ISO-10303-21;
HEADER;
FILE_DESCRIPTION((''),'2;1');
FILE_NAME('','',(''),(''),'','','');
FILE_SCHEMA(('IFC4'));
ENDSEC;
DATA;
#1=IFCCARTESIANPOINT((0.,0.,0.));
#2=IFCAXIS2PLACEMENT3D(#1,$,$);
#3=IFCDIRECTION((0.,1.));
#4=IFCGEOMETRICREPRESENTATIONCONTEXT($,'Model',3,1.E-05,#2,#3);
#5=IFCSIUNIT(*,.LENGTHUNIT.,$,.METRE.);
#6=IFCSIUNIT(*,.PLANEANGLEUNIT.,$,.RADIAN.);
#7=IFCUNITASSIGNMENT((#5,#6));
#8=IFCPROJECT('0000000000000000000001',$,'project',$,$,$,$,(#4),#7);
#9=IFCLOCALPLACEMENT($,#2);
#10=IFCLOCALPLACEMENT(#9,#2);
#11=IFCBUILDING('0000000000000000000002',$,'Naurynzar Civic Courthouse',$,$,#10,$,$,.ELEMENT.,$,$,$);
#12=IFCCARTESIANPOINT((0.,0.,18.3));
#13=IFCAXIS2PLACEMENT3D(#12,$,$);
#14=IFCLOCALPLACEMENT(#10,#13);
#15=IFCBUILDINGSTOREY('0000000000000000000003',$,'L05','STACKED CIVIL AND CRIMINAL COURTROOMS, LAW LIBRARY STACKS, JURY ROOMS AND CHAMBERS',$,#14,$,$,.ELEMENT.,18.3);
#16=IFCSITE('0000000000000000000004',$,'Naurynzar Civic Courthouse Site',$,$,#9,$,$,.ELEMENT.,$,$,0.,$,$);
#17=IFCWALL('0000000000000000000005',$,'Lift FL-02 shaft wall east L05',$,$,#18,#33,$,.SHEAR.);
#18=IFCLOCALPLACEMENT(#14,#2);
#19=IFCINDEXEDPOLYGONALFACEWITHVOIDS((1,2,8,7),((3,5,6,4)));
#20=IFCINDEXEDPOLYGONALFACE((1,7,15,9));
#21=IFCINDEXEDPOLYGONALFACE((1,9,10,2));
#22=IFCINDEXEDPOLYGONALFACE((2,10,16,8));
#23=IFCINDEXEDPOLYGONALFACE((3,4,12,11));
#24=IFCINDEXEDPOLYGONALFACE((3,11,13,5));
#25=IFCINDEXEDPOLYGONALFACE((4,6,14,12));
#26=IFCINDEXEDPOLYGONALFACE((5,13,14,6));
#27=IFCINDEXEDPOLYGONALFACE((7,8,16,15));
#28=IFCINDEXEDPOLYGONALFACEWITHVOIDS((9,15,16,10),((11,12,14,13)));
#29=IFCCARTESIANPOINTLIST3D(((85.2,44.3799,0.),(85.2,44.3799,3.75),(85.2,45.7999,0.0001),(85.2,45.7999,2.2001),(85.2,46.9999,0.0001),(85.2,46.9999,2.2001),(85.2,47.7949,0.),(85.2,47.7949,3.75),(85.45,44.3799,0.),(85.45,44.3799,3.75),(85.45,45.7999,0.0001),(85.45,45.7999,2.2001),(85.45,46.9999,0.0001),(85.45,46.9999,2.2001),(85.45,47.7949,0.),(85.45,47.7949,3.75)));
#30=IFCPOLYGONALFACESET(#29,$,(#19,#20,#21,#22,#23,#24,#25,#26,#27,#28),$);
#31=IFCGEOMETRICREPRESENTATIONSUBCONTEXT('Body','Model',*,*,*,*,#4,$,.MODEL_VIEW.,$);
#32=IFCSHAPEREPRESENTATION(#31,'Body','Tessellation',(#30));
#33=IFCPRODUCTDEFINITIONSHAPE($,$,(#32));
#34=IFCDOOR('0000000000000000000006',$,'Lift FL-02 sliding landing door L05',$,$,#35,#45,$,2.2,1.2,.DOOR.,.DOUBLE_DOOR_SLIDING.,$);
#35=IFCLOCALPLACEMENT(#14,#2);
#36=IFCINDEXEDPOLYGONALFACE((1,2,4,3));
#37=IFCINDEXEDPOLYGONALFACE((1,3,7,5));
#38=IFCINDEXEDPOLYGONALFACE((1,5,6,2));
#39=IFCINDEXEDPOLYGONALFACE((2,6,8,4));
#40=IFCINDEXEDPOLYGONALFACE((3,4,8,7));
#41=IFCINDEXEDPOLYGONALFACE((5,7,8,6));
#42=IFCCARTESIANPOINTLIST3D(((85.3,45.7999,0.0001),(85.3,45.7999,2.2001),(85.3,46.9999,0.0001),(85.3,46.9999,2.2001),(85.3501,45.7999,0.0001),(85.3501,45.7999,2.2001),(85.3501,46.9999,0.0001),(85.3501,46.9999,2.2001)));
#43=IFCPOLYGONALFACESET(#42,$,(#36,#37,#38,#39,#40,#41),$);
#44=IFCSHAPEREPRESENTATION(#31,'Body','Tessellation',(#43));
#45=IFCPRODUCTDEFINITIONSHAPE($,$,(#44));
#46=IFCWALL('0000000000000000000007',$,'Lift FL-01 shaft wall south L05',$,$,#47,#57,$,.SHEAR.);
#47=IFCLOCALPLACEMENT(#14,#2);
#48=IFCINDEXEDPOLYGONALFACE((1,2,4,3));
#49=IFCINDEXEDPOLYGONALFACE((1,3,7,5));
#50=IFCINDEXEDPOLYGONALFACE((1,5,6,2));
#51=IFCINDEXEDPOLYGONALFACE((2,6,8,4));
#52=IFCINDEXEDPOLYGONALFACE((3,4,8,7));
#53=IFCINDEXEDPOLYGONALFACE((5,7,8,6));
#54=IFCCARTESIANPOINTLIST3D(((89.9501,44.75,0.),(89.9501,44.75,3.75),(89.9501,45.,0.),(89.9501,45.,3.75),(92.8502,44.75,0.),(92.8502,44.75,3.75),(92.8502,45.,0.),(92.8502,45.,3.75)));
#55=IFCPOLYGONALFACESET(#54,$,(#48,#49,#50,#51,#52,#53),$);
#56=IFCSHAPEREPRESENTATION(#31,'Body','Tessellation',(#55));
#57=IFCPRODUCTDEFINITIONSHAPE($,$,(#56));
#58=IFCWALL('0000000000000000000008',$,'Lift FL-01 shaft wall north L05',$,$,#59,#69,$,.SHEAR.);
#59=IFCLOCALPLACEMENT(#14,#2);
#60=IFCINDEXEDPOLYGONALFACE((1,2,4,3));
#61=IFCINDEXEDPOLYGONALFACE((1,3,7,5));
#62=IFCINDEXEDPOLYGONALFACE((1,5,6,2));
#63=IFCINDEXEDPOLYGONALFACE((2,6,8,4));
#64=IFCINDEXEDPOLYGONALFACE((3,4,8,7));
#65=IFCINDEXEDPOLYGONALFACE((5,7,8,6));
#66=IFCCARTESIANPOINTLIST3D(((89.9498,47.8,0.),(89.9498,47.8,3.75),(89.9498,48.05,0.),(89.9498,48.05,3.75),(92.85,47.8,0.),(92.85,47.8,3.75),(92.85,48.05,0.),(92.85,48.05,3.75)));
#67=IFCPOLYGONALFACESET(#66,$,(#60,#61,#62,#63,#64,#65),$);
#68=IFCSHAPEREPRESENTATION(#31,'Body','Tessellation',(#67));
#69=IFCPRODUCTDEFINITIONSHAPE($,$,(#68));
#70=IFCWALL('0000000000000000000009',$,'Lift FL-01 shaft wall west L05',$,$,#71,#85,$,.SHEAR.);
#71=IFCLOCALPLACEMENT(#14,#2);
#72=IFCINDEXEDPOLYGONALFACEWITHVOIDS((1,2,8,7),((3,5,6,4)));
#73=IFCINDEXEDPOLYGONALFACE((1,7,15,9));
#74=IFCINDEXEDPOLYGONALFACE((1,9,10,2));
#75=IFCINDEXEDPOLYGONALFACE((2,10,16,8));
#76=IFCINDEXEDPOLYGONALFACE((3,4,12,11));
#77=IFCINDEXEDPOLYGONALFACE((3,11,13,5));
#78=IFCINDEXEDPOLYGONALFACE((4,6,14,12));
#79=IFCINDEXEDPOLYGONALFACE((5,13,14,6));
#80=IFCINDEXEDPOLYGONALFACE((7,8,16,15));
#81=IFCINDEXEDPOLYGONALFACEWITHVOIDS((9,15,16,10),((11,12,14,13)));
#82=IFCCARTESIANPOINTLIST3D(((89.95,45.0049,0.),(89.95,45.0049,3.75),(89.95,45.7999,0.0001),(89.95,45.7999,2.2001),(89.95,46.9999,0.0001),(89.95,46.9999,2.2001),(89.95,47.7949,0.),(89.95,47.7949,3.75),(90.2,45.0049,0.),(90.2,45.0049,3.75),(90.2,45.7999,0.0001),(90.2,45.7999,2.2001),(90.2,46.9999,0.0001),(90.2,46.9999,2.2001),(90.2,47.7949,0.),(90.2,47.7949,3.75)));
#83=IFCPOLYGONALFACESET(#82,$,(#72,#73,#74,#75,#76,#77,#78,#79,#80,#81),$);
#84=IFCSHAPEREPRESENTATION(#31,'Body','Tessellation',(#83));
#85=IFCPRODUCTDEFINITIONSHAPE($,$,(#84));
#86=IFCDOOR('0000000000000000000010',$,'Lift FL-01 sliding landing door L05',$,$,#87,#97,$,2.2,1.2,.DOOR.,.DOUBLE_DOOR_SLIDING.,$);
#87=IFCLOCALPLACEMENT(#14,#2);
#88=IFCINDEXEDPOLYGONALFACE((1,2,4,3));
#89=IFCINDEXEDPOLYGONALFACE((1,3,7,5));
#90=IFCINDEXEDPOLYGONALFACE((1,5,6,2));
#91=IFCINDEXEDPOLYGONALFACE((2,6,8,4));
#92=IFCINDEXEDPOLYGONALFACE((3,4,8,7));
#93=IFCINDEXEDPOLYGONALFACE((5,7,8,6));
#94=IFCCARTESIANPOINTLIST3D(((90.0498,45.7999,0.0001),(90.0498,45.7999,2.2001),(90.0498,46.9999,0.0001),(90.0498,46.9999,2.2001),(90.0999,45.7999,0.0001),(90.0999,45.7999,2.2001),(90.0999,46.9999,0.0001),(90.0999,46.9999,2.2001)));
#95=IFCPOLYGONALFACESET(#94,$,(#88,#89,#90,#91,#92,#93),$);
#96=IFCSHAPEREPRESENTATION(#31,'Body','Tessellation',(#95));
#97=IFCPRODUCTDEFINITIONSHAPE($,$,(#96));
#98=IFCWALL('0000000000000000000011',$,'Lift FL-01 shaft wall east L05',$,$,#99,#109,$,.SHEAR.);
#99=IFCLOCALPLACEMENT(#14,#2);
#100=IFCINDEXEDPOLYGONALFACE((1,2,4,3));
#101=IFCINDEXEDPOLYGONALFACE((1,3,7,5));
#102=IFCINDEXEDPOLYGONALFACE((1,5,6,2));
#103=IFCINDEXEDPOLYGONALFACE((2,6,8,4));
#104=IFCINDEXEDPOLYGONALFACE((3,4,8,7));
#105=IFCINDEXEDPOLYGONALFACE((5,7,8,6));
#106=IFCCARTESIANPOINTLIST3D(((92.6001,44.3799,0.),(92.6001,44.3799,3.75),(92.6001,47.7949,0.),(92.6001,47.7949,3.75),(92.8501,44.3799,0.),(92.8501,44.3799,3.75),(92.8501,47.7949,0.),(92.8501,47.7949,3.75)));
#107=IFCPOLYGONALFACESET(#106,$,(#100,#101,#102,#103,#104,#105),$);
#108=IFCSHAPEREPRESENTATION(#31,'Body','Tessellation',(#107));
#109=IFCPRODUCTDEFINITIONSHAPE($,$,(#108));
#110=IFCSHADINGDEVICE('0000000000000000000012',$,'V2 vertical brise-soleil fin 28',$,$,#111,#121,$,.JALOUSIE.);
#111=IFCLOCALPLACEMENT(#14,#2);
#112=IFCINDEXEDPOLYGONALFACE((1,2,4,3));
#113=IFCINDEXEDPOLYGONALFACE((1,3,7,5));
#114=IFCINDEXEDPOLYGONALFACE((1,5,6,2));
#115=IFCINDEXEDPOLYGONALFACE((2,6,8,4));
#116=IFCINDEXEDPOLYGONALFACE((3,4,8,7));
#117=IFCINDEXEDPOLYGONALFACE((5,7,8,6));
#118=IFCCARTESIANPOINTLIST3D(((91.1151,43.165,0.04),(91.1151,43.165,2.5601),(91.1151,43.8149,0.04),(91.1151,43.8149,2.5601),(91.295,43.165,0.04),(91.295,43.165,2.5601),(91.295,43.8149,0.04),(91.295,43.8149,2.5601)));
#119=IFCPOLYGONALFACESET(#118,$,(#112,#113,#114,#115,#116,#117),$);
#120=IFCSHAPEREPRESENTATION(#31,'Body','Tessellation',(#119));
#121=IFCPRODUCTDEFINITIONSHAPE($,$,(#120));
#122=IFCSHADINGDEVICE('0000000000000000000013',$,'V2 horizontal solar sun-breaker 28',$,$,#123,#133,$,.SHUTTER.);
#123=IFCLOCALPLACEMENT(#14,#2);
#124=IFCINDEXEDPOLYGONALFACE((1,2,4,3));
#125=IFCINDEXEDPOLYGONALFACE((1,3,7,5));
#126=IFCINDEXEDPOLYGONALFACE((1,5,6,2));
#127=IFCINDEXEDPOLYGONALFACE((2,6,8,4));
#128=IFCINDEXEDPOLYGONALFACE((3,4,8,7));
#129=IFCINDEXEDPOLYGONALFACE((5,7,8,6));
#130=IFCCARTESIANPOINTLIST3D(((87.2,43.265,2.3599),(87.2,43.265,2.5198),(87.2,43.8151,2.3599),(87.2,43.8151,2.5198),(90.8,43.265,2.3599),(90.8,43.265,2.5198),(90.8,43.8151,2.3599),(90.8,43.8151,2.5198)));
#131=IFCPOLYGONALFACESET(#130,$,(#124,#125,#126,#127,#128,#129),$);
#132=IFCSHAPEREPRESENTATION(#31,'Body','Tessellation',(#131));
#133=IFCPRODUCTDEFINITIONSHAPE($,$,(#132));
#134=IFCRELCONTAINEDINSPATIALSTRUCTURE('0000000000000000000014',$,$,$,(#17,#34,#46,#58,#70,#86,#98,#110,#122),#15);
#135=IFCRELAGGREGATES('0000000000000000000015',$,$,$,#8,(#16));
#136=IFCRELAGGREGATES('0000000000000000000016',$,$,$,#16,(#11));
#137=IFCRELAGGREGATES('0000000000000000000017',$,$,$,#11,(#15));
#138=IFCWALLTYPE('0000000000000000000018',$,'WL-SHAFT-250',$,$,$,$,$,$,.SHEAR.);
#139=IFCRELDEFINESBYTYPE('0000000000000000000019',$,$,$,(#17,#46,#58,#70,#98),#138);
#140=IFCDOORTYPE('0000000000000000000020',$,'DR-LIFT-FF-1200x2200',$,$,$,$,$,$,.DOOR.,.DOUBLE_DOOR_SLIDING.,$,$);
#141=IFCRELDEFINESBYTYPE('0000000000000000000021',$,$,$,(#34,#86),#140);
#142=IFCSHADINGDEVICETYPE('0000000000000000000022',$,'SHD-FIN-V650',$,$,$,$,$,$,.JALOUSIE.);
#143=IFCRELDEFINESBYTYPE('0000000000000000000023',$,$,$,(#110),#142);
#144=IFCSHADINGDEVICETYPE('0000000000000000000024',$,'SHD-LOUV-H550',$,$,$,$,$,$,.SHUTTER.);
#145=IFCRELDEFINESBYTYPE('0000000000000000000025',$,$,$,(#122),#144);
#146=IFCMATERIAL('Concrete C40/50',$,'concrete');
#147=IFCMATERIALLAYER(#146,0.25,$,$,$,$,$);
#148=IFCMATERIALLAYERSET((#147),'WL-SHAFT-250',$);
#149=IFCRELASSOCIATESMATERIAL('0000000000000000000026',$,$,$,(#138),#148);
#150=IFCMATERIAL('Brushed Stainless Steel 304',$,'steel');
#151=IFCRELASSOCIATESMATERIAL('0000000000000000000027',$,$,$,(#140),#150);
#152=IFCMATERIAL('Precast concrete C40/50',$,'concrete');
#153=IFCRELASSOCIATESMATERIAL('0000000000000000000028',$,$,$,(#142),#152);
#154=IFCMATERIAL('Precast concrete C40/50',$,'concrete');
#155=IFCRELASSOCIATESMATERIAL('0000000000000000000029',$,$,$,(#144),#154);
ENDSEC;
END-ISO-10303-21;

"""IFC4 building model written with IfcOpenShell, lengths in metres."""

from ifc_helpers import new_model, si_unit, direction, frame, frame_2d, origin, origin_2d, place, context, subcontext, project, spatial, rectangle, extrude, material, layer, layer_set, type_object, element, fill, save


model = new_model("IFC4")

# Units and contexts
model_context = context("Model", 3, precision=1e-05, world=origin(), true_north=direction((0.0, 1.0)))
body_context = subcontext(model_context, "Body", "Model", "MODEL_VIEW")
ifc_project = project(units=[si_unit("LENGTHUNIT", "METRE"), si_unit("PLANEANGLEUNIT", "RADIAN")], contexts=[model_context])

# Site, building, storey
site_placement = place(None, origin())
site = spatial("IfcSite", under=ifc_project, at=site_placement, Name="Naurynzar Civic Courthouse Site", CompositionType="ELEMENT", RefElevation=0.0)
building_placement = place(site_placement, origin())
building = spatial("IfcBuilding", under=site, at=building_placement, Name="Naurynzar Civic Courthouse", CompositionType="ELEMENT")
storey_placement = place(building_placement, frame((0.0, 0.0, 18.3)))
storey = spatial("IfcBuildingStorey", under=building, at=storey_placement, Name="L05", Description="STACKED CIVIL AND CRIMINAL COURTROOMS, LAW LIBRARY STACKS, JURY ROOMS AND CHAMBERS", CompositionType="ELEMENT", Elevation=18.3)

# Shared definitions
ifc_material_1 = material(Name="Concrete C40/50", Category="concrete")
ifc_layer_1 = layer(ifc_material_1, 0.25)
ifc_layer_set_1 = layer_set([ifc_layer_1], Name="WL-SHAFT-250")
wall_type_1 = type_object("IfcWallType", Name="WL-SHAFT-250", PredefinedType="SHEAR", material=ifc_layer_set_1)

# Wall, opening, door
wall_1_placement = place(storey_placement, frame((85.325, 44.3799, 0.0), z_axis=(0.0, 0.0, 1.0), x_axis=(0.0, 1.0, 0.0)))
wall_1 = element("IfcWall", 1, at=wall_1_placement, inside=storey, type_object=wall_type_1, Name="Lift FL-02 shaft wall east L05", PredefinedType="SHEAR", context=body_context, shape_type="SweptSolid", body=[
    extrude(rectangle(XDim=3.415, YDim=0.25, at=frame_2d((1.7075, 0.0))), origin(), (0.0, 0.0, 1.0), 3.75),
])
opening_1_placement = place(wall_1_placement, frame((1.4199, 0.0, 0.0)))
opening_1 = element("IfcOpeningElement", 2, at=opening_1_placement, cuts=wall_1, PredefinedType="OPENING", context=body_context, shape_type="SweptSolid", body=[
    extrude(rectangle(XDim=1.2, YDim=2.2, at=frame_2d((0.6001, 1.1001))), frame((0.0, 0.135, 0.0), z_axis=(0.0, -1.0, 0.0), x_axis=(1.0, 0.0, 0.0)), (0.0, 0.0, 1.0), 0.27),
])
ifc_material_2 = material(Name="Brushed Stainless Steel 304", Category="steel")
door_type_1 = type_object("IfcDoorType", Name="DR-LIFT-FF-1200x2200", OperationType="DOUBLE_DOOR_SLIDING", PredefinedType="DOOR", material=ifc_material_2)
door_1_placement = place(opening_1_placement, origin())
door_1 = element("IfcDoor", 3, at=door_1_placement, inside=storey, type_object=door_type_1, Name="Lift FL-02 sliding landing door L05", OperationType="DOUBLE_DOOR_SLIDING", OverallHeight=2.2, OverallWidth=1.2, PredefinedType="DOOR", context=body_context, shape_type="SweptSolid", body=[
    extrude(rectangle(XDim=1.2, YDim=2.2, at=frame_2d((0.6001, 1.1001))), frame((0.0, 0.0249, 0.0), z_axis=(0.0, -1.0, 0.0), x_axis=(1.0, 0.0, 0.0)), (0.0, 0.0, 1.0), 0.05),
])
fill(opening_1, door_1)

# Walls
for number, where, z_axis, x_axis, name in (
    (4, (89.95, 44.875, 0.0), (0.0, 0.0, 1.0), (1.0, 0.0, 0.0), "Lift FL-01 shaft wall south L05"),
    (5, (92.8501, 47.925, 0.0), (0.0, 0.0, 1.0), (-1.0, 0.0, 0.0), "Lift FL-01 shaft wall north L05"),
):
    element("IfcWall", number, at=place(storey_placement, frame(where, z_axis=z_axis, x_axis=x_axis)), inside=storey, type_object=wall_type_1, Name=name, PredefinedType="SHEAR", context=body_context, shape_type="SweptSolid", body=[
        extrude(rectangle(XDim=2.9001, YDim=0.25, at=frame_2d((1.4502, 0.0))), origin(), (0.0, 0.0, 1.0), 3.75),
    ])

# Wall, opening, door
wall_2_placement = place(storey_placement, frame((90.075, 47.7949, 0.0), z_axis=(0.0, 0.0, 1.0), x_axis=(0.0, -1.0, 0.0)))
wall_2 = element("IfcWall", 6, at=wall_2_placement, inside=storey, type_object=wall_type_1, Name="Lift FL-01 shaft wall west L05", PredefinedType="SHEAR", context=body_context, shape_type="SweptSolid", body=[
    extrude(rectangle(XDim=2.79, YDim=0.25, at=frame_2d((1.395, 0.0))), origin(), (0.0, 0.0, 1.0), 3.75),
])
opening_2_placement = place(wall_2_placement, frame((0.7949, 0.0, 0.0)))
opening_2 = element("IfcOpeningElement", 7, at=opening_2_placement, cuts=wall_2, PredefinedType="OPENING", context=body_context, shape_type="SweptSolid", body=[
    extrude(rectangle(XDim=1.2, YDim=2.2, at=frame_2d((0.6001, 1.1001))), frame((0.0, 0.135, 0.0), z_axis=(0.0, -1.0, 0.0), x_axis=(1.0, 0.0, 0.0)), (0.0, 0.0, 1.0), 0.27),
])
door_2_placement = place(opening_2_placement, origin())
door_2 = element("IfcDoor", 8, at=door_2_placement, inside=storey, type_object=door_type_1, Name="Lift FL-01 sliding landing door L05", OperationType="DOUBLE_DOOR_SLIDING", OverallHeight=2.2, OverallWidth=1.2, PredefinedType="DOOR", context=body_context, shape_type="SweptSolid", body=[
    extrude(rectangle(XDim=1.2, YDim=2.2, at=frame_2d((0.6001, 1.1001))), frame((0.0, 0.0249, 0.0), z_axis=(0.0, -1.0, 0.0), x_axis=(1.0, 0.0, 0.0)), (0.0, 0.0, 1.0), 0.05),
])
fill(opening_2, door_2)

# Wall
wall_3_placement = place(storey_placement, frame((92.7251, 44.3799, 0.0), z_axis=(0.0, 0.0, 1.0), x_axis=(0.0, 1.0, 0.0)))
element("IfcWall", 9, at=wall_3_placement, inside=storey, type_object=wall_type_1, Name="Lift FL-01 shaft wall east L05", PredefinedType="SHEAR", context=body_context, shape_type="SweptSolid", body=[
    extrude(rectangle(XDim=3.415, YDim=0.25, at=frame_2d((1.7075, 0.0))), origin(), (0.0, 0.0, 1.0), 3.75),
])

# Shading devices
ifc_material_3 = material(Name="Precast concrete C40/50", Category="concrete")
shading_device_type_1 = type_object("IfcShadingDeviceType", Name="SHD-FIN-V650", PredefinedType="JALOUSIE", material=ifc_material_3)
shading_device_1_placement = place(storey_placement, frame((91.2051, 43.49, 0.04), z_axis=(0.0, 0.0, 1.0), x_axis=(-1.0, 0.0, 0.0)))
element("IfcShadingDevice", 10, at=shading_device_1_placement, inside=storey, type_object=shading_device_type_1, Name="V2 vertical brise-soleil fin 28", PredefinedType="JALOUSIE", context=body_context, shape_type="SweptSolid", body=[
    extrude(rectangle(XDim=0.1799, YDim=0.6499, at=origin_2d()), origin(), (0.0, 0.0, 1.0), 2.52),
])
ifc_material_4 = material(Name="Precast concrete C40/50", Category="concrete")
shading_device_type_2 = type_object("IfcShadingDeviceType", Name="SHD-LOUV-H550", PredefinedType="SHUTTER", material=ifc_material_4)
shading_device_2_placement = place(storey_placement, frame((89.0, 43.54, 2.3599), z_axis=(0.0, 0.0, 1.0), x_axis=(-1.0, 0.0, 0.0)))
element("IfcShadingDevice", 11, at=shading_device_2_placement, inside=storey, type_object=shading_device_type_2, Name="V2 horizontal solar sun-breaker 28", PredefinedType="SHUTTER", context=body_context, shape_type="SweptSolid", body=[
    extrude(rectangle(XDim=3.6001, YDim=0.55, at=origin_2d()), origin(), (0.0, 0.0, 1.0), 0.1599),
])

save(model, "model.ifc")
